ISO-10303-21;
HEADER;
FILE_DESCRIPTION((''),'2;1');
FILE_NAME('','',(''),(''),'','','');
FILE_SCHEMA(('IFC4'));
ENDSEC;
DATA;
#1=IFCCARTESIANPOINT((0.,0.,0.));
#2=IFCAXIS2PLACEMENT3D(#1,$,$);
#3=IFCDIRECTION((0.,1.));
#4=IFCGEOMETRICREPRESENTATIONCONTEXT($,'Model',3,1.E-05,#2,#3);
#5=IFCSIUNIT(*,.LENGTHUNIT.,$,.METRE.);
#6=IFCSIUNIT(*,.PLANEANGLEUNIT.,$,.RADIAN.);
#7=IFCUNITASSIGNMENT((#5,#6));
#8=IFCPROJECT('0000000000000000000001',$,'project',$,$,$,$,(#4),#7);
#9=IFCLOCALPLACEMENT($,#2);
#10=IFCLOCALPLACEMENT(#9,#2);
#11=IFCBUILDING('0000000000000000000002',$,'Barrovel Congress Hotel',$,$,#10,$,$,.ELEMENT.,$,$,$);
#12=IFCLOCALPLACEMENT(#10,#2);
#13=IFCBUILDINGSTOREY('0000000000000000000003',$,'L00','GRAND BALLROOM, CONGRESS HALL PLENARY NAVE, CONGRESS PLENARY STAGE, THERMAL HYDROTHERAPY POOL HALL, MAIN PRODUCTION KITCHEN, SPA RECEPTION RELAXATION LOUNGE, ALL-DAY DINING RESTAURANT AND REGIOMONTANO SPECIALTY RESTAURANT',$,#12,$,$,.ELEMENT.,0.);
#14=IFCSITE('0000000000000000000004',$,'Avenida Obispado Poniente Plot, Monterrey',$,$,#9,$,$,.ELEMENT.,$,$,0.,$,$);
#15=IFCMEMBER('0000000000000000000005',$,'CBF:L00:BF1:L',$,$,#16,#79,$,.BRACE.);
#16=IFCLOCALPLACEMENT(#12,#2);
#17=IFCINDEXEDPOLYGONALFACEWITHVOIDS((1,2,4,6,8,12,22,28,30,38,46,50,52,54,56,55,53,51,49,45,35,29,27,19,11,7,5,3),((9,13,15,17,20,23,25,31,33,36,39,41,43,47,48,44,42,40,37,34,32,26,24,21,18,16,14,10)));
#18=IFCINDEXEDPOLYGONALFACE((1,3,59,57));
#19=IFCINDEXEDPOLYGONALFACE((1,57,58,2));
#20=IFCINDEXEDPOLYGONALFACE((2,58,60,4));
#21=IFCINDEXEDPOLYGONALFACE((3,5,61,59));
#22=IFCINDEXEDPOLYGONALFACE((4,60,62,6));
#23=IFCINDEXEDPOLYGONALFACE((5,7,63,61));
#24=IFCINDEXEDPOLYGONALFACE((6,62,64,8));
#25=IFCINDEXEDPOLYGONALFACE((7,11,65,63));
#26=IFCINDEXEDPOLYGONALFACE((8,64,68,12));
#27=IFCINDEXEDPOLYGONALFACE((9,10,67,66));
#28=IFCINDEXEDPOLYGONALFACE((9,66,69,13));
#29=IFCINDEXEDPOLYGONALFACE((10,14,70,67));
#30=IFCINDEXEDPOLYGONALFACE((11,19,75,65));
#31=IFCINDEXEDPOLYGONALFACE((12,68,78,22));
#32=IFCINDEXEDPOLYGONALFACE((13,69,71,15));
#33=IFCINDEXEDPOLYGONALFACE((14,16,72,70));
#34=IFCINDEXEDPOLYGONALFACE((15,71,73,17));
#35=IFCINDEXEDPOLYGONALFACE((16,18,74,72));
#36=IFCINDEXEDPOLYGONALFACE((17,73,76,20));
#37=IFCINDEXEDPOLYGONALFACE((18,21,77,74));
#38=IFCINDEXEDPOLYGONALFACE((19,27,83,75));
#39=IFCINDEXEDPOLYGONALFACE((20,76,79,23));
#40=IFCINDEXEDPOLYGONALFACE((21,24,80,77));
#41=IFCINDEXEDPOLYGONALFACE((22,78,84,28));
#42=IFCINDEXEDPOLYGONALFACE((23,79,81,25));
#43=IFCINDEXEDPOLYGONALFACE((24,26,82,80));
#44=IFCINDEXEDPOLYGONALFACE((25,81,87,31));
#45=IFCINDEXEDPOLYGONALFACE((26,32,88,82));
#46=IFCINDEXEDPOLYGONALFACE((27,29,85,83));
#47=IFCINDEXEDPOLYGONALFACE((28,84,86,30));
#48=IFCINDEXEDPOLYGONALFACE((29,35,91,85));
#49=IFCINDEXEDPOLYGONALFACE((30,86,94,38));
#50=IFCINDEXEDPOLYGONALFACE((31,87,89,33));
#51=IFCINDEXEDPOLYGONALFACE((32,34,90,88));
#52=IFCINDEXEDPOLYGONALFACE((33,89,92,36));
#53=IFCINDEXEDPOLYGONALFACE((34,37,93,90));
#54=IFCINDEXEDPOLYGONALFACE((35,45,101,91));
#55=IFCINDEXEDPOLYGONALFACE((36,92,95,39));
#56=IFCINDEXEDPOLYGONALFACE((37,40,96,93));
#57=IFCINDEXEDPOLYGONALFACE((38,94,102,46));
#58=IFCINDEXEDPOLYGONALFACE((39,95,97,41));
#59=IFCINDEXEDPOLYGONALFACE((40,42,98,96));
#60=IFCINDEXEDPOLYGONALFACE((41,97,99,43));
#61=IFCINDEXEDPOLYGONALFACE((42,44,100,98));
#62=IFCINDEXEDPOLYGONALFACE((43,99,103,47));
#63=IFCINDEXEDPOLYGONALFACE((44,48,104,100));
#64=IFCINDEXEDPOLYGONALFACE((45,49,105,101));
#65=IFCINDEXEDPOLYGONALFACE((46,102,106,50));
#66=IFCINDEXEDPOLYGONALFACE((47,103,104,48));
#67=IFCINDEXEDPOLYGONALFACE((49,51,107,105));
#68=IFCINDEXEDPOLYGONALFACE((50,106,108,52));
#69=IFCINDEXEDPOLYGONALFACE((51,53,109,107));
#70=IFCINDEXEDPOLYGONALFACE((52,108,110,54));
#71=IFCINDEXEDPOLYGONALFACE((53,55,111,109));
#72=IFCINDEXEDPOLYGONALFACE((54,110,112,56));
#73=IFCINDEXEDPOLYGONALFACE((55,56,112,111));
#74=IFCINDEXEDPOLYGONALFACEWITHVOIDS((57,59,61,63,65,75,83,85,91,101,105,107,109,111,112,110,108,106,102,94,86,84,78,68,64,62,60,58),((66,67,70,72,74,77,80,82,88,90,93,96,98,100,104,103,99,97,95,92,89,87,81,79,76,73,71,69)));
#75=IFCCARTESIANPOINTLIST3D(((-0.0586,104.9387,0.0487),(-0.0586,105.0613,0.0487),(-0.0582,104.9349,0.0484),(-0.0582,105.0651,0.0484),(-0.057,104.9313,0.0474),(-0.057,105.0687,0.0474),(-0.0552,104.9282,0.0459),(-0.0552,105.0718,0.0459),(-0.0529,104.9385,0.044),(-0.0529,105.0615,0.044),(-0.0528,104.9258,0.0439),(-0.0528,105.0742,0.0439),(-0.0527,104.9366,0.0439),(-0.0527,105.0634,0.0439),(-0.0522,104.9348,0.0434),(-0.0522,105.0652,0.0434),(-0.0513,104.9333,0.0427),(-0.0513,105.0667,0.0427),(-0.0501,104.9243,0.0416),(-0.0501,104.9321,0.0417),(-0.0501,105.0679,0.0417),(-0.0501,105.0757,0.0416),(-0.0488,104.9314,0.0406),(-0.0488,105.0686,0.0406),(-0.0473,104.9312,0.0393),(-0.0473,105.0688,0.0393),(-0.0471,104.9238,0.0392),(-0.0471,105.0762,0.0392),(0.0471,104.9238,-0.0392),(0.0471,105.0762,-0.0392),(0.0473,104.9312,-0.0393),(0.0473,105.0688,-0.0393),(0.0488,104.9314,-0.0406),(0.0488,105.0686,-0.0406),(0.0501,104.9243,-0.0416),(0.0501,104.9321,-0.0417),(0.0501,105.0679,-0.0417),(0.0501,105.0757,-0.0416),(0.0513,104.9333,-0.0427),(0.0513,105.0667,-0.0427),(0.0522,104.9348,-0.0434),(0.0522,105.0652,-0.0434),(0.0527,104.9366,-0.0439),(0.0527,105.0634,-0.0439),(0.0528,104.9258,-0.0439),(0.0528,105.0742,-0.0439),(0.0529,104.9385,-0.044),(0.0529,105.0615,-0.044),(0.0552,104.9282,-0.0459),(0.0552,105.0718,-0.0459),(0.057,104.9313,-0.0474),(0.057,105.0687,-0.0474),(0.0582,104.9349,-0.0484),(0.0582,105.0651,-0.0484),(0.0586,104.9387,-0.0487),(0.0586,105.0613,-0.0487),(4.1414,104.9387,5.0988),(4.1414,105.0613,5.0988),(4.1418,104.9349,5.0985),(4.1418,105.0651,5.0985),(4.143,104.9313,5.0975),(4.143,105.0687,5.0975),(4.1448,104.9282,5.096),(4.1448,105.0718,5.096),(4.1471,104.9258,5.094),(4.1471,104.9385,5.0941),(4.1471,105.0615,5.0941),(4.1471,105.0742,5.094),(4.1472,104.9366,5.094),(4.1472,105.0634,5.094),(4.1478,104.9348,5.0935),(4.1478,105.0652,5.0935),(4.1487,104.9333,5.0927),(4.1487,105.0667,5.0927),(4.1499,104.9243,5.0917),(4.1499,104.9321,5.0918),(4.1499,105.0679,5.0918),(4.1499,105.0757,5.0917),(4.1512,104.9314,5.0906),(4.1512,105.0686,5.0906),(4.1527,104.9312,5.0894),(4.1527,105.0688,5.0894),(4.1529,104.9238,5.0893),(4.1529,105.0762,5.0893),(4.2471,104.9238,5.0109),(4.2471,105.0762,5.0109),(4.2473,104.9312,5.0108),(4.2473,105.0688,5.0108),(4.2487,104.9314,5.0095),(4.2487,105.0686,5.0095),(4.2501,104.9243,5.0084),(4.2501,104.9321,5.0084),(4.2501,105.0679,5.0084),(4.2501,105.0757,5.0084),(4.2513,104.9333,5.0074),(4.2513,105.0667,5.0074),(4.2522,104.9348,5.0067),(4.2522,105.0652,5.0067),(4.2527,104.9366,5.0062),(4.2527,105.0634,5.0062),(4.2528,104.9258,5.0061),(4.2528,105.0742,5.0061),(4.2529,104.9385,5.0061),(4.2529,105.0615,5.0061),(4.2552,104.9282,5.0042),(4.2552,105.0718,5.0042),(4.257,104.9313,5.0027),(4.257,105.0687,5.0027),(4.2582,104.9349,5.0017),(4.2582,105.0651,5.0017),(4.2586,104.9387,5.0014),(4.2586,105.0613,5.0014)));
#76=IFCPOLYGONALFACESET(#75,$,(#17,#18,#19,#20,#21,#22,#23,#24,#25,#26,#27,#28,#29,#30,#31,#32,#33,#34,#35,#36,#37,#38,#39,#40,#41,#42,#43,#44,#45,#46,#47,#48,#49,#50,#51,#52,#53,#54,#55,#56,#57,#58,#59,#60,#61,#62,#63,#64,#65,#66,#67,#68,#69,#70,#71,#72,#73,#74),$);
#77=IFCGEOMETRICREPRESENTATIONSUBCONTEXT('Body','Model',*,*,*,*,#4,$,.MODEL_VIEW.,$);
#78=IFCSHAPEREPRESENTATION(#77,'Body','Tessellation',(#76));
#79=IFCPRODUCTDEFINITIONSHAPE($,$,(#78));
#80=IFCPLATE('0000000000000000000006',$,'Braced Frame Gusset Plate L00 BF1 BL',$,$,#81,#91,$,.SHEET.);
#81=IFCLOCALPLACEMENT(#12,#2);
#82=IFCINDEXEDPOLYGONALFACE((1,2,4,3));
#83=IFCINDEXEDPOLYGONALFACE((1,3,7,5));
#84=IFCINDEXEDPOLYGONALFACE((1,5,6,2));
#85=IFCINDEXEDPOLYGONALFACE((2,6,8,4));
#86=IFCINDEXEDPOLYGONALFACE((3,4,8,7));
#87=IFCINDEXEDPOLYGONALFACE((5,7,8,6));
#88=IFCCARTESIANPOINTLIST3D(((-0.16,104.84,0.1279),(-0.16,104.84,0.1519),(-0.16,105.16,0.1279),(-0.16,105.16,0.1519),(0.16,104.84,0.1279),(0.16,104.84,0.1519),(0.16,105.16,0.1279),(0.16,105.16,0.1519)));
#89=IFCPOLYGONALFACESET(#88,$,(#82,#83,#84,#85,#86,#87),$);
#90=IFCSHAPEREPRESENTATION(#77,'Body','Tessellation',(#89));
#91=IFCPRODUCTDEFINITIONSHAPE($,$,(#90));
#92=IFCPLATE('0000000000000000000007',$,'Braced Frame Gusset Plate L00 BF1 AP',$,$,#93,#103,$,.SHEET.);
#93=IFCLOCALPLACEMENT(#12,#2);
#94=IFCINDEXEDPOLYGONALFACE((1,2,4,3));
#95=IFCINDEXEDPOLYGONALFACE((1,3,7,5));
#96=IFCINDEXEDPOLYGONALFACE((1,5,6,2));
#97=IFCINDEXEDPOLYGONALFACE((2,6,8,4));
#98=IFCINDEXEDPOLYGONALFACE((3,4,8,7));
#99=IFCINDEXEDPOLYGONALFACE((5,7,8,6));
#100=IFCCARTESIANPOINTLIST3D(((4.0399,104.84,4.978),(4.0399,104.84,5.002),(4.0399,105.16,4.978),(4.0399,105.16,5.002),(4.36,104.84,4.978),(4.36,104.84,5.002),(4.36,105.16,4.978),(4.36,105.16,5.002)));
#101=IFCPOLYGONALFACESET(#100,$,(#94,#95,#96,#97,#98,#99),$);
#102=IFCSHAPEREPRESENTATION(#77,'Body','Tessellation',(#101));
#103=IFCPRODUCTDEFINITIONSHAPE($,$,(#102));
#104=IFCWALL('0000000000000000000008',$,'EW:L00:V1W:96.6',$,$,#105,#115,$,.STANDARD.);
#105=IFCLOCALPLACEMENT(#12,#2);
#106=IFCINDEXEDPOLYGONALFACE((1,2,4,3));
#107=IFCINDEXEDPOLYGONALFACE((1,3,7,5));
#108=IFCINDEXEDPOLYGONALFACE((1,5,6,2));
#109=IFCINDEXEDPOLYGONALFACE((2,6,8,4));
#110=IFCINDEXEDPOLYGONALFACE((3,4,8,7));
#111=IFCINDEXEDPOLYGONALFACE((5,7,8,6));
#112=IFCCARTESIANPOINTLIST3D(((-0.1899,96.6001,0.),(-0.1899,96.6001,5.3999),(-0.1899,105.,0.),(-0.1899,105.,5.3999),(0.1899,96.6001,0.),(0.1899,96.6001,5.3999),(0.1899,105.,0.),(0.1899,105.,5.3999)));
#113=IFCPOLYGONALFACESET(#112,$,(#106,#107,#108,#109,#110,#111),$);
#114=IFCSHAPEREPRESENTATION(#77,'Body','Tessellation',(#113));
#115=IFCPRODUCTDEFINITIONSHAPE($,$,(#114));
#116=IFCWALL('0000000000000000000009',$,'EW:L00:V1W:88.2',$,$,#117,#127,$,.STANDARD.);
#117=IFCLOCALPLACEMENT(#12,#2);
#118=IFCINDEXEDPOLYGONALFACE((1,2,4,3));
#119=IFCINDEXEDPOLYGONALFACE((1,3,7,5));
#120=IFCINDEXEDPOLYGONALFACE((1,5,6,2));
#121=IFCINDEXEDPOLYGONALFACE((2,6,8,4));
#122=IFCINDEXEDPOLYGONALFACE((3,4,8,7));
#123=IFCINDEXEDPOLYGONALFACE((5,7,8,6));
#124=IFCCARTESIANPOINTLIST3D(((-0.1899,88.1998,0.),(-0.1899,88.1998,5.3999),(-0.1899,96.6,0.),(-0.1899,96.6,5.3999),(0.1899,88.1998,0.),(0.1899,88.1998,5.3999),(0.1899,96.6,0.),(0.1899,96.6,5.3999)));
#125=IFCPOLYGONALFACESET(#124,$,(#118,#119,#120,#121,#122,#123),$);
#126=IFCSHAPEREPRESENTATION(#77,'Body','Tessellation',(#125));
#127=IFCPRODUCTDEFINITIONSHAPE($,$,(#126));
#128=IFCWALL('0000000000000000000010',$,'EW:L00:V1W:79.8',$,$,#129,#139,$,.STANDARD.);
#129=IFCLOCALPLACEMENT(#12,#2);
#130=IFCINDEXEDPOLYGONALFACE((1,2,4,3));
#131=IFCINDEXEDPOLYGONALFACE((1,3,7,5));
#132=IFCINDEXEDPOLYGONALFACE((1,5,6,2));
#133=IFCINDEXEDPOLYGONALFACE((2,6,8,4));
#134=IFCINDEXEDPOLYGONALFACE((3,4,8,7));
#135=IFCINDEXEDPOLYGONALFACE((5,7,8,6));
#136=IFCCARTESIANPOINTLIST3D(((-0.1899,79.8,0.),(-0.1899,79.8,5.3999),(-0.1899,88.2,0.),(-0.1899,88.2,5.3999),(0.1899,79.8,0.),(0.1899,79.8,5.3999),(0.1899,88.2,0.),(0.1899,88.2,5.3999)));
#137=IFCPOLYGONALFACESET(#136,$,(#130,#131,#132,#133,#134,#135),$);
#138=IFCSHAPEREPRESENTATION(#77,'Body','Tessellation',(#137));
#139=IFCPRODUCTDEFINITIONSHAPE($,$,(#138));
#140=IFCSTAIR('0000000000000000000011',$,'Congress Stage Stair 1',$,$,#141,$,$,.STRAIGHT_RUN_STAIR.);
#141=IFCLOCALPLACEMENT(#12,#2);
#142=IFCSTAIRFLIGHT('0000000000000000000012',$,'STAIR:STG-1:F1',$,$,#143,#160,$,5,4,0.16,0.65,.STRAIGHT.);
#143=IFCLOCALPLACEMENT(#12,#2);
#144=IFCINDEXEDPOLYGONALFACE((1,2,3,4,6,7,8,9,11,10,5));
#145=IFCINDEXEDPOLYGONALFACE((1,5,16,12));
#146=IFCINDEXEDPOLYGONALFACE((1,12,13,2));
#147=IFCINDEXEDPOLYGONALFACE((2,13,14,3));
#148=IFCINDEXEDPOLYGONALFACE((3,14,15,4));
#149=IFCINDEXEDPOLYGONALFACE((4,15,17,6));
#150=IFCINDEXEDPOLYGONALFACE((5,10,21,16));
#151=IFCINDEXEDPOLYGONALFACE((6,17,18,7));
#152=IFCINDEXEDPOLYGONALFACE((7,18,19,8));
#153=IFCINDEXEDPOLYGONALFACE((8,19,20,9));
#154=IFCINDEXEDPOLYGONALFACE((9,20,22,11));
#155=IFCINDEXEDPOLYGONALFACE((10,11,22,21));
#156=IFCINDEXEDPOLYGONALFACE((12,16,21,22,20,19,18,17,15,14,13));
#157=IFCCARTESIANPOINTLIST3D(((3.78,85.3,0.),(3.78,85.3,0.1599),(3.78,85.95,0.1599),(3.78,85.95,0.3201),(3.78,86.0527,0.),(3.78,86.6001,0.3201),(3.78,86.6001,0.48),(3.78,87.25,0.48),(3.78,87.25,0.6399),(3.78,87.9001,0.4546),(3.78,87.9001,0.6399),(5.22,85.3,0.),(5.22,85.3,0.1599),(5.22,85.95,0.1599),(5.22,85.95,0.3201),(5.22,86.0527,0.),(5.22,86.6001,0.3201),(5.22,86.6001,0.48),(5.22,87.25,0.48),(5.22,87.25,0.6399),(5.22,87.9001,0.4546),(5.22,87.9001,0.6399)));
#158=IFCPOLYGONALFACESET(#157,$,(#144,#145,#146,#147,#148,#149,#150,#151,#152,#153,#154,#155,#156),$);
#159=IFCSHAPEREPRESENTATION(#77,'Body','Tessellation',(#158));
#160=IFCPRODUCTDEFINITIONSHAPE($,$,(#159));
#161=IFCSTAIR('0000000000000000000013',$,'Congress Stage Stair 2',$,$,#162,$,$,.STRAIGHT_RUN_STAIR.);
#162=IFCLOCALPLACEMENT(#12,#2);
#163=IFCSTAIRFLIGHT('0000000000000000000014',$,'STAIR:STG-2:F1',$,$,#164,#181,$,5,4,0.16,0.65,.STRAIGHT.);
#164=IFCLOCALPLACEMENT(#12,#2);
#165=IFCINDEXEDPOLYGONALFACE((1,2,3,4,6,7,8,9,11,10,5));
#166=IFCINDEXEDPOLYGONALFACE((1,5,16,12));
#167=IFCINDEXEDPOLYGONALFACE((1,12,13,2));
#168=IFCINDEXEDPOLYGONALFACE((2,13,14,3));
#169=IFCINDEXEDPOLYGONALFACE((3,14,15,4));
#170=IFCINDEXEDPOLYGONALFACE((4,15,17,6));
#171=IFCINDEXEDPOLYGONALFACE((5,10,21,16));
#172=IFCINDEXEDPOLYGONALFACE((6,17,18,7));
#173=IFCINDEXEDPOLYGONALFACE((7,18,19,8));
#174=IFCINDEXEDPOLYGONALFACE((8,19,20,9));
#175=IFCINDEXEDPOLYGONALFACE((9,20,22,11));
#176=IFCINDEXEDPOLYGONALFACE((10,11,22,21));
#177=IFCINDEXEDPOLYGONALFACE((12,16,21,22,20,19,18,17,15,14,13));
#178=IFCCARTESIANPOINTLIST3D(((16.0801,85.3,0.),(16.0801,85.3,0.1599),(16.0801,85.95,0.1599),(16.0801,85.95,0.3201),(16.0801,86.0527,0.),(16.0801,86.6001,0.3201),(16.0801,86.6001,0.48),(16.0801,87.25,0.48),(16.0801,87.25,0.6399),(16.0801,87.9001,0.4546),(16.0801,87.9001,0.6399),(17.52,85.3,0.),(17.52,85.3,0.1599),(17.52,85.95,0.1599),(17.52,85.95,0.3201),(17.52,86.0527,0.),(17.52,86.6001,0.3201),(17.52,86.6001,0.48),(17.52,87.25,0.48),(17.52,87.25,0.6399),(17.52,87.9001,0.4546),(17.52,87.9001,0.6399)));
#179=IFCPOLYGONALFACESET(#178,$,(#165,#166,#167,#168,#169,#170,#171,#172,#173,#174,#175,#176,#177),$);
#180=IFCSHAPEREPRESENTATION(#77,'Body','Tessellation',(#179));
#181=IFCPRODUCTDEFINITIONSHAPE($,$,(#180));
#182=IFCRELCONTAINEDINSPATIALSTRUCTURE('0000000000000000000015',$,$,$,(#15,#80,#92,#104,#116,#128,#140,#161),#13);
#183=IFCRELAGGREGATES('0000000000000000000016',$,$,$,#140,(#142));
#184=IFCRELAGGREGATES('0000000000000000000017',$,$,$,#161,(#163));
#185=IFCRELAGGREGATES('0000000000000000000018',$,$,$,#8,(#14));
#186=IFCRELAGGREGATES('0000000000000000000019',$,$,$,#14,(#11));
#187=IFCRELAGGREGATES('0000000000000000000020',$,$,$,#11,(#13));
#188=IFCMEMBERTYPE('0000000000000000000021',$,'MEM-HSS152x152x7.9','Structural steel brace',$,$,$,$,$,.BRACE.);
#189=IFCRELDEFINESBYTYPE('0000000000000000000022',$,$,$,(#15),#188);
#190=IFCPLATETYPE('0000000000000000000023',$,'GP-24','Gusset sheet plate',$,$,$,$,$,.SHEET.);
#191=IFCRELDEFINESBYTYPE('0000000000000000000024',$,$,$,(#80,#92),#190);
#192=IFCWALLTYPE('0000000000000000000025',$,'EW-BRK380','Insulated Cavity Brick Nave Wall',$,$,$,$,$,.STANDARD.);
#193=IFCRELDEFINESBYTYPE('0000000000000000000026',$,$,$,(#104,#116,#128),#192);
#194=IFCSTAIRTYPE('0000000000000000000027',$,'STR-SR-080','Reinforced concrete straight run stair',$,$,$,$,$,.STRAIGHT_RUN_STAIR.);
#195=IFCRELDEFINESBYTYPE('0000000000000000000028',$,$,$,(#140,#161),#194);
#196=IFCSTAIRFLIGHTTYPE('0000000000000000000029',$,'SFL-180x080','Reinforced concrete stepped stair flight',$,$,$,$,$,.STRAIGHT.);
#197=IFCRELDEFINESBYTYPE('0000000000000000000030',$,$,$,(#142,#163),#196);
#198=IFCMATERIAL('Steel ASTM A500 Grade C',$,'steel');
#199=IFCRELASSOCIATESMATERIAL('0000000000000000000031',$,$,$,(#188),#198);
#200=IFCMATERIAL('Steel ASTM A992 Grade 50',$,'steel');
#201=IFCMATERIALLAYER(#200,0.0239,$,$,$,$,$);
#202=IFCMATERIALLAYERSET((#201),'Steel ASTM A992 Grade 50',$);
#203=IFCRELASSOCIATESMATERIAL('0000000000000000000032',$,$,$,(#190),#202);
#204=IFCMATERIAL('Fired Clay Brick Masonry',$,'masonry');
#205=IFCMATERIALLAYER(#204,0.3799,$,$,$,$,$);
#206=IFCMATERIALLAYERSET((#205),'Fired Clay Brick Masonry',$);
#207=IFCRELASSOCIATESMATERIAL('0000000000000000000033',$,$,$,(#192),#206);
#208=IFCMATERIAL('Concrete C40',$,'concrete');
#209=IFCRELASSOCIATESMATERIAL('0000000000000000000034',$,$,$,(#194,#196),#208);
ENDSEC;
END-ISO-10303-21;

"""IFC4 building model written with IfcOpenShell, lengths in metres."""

from ifc_helpers import new_model, si_unit, direction, frame, frame_2d, origin, origin_2d, place, context, subcontext, project, spatial, polyline, rectangle, hollow_rectangle, outline, extrude, material, layer, layer_set, material_profile, profile_set, type_object, element, aggregate, save


model = new_model("IFC4")

# Units and contexts
model_context = context("Model", 3, precision=1e-05, world=origin(), true_north=direction((0.0, 1.0)))
body_context = subcontext(model_context, "Body", "Model", "MODEL_VIEW")
ifc_project = project(units=[si_unit("LENGTHUNIT", "METRE"), si_unit("PLANEANGLEUNIT", "RADIAN")], contexts=[model_context])

# Site, building, storey
site_placement = place(None, origin())
site = spatial("IfcSite", under=ifc_project, at=site_placement, Name="Avenida Obispado Poniente Plot, Monterrey", CompositionType="ELEMENT", RefElevation=0.0)
building_placement = place(site_placement, origin())
building = spatial("IfcBuilding", under=site, at=building_placement, Name="Barrovel Congress Hotel", CompositionType="ELEMENT")
storey_placement = place(building_placement, origin())
storey = spatial("IfcBuildingStorey", under=building, at=storey_placement, Name="L00", Description="GRAND BALLROOM, CONGRESS HALL PLENARY NAVE, CONGRESS PLENARY STAGE, THERMAL HYDROTHERAPY POOL HALL, MAIN PRODUCTION KITCHEN, SPA RECEPTION RELAXATION LOUNGE, ALL-DAY DINING RESTAURANT AND REGIOMONTANO SPECIALTY RESTAURANT", CompositionType="ELEMENT", Elevation=0.0)

# Shared definitions
ifc_material_1 = material(Name="Concrete C40", Category="concrete")

# Member
ifc_material_2 = material(Name="Steel ASTM A500 Grade C", Category="steel")
ifc_material_profile_1 = material_profile(ifc_material_2, hollow_rectangle(XDim=0.1523, YDim=0.1523, WallThickness=0.0073, InnerFilletRadius=0.0073, OuterFilletRadius=0.0149, at=origin_2d()), Name="HSS152x152x7.9")
ifc_profile_set_1 = profile_set([ifc_material_profile_1], Name="Steel ASTM A500 Grade C")
member_type = type_object("IfcMemberType", Name="MEM-HSS152x152x7.9", Description="Structural steel brace", PredefinedType="BRACE", material=ifc_profile_set_1)
member_placement = place(storey_placement, frame((0.0, 105.0, 0.0), z_axis=(0.639427, 0.0, 0.768852), x_axis=(0.0, 1.0, 0.0)))
element("IfcMember", 1, at=member_placement, inside=storey, type_object=member_type, Name="CBF:L00:BF1:L", PredefinedType="BRACE", context=body_context, shape_type="SweptSolid", body=[
    extrude(hollow_rectangle(XDim=0.1523, YDim=0.1523, WallThickness=0.0073, InnerFilletRadius=0.0073, OuterFilletRadius=0.0149, at=origin_2d()), origin(), (0.0, 0.0, 1.0), 6.5684),
])

# Plates
ifc_material_3 = material(Name="Steel ASTM A992 Grade 50", Category="steel")
ifc_layer_1 = layer(ifc_material_3, 0.0239)
ifc_layer_set_1 = layer_set([ifc_layer_1], Name="Steel ASTM A992 Grade 50")
plate_type = type_object("IfcPlateType", Name="GP-24", Description="Gusset sheet plate", PredefinedType="SHEET", material=ifc_layer_set_1)
for number, where, z_axis, x_axis, name in (
    (2, (0.0, 105.0, 0.1279), (0.0, 0.0, 1.0), (1.0, 0.0, 0.0), "Braced Frame Gusset Plate L00 BF1 BL"),
    (3, (4.2, 105.0, 4.978), (0.0, 0.0, 1.0), (1.0, 0.0, 0.0), "Braced Frame Gusset Plate L00 BF1 AP"),
):
    element("IfcPlate", number, at=place(storey_placement, frame(where, z_axis=z_axis, x_axis=x_axis)), inside=storey, type_object=plate_type, Name=name, PredefinedType="SHEET", context=body_context, shape_type="SweptSolid", body=[
        extrude(rectangle(XDim=0.3201, YDim=0.3201, at=origin_2d()), origin(), (0.0, 0.0, 1.0), 0.0239),
    ])

# Walls
ifc_material_4 = material(Name="Fired Clay Brick Masonry", Category="masonry")
ifc_layer_2 = layer(ifc_material_4, 0.3799)
ifc_layer_set_2 = layer_set([ifc_layer_2], Name="Fired Clay Brick Masonry")
wall_type = type_object("IfcWallType", Name="EW-BRK380", Description="Insulated Cavity Brick Nave Wall", PredefinedType="STANDARD", material=ifc_layer_set_2)
wall_1_placement = place(storey_placement, frame((0.0, 105.0, 0.0), z_axis=(0.0, 0.0, 1.0), x_axis=(0.0, -1.0, 0.0)))
element("IfcWall", 4, at=wall_1_placement, inside=storey, type_object=wall_type, Name="EW:L00:V1W:96.6", PredefinedType="STANDARD", context=body_context, shape_type="SweptSolid", body=[
    extrude(rectangle(XDim=8.3999, YDim=0.3799, at=frame_2d((4.2, 0.0))), origin(), (0.0, 0.0, 1.0), 5.3999),
])
wall_2_placement = place(storey_placement, frame((0.0, 96.6001, 0.0), z_axis=(0.0, 0.0, 1.0), x_axis=(0.0, -1.0, 0.0)))
element("IfcWall", 5, at=wall_2_placement, inside=storey, type_object=wall_type, Name="EW:L00:V1W:88.2", PredefinedType="STANDARD", context=body_context, shape_type="SweptSolid", body=[
    extrude(rectangle(XDim=8.4001, YDim=0.3799, at=frame_2d((4.2002, 0.0))), origin(), (0.0, 0.0, 1.0), 5.3999),
])
wall_3_placement = place(storey_placement, frame((0.0, 88.2, 0.0), z_axis=(0.0, 0.0, 1.0), x_axis=(0.0, -1.0, 0.0)))
element("IfcWall", 6, at=wall_3_placement, inside=storey, type_object=wall_type, Name="EW:L00:V1W:79.8", PredefinedType="STANDARD", context=body_context, shape_type="SweptSolid", body=[
    extrude(rectangle(XDim=8.3999, YDim=0.3799, at=frame_2d((4.2, 0.0))), origin(), (0.0, 0.0, 1.0), 5.3999),
])

# Stairs, stair flights
stair_type = type_object("IfcStairType", Name="STR-SR-080", Description="Reinforced concrete straight run stair", PredefinedType="STRAIGHT_RUN_STAIR", material=ifc_material_1)
stair_1_placement = place(storey_placement, origin())
stair_1 = element("IfcStair", 7, at=stair_1_placement, inside=storey, type_object=stair_type, Name="Congress Stage Stair 1", PredefinedType="STRAIGHT_RUN_STAIR")
stair_flight_type = type_object("IfcStairFlightType", Name="SFL-180x080", Description="Reinforced concrete stepped stair flight", PredefinedType="STRAIGHT", material=ifc_material_1)
stair_flight_1_placement = place(storey_placement, frame((4.5, 85.3, 0.0), z_axis=(0.0, 0.0, 1.0), x_axis=(0.0, 1.0, 0.0)))
stair_flight_1 = element("IfcStairFlight", 8, at=stair_flight_1_placement, type_object=stair_flight_type, Name="STAIR:STG-1:F1", NumberOfRisers=5, NumberOfTreads=4, PredefinedType="STRAIGHT", RiserHeight=0.16, TreadLength=0.65, context=body_context, shape_type="SweptSolid", body=[
    extrude(outline(polyline([(0.0, 0.0), (0.0, 0.1599), (0.6499, 0.1599), (0.6499, 0.3201), (1.3, 0.3201), (1.3, 0.48), (1.95, 0.48), (1.95, 0.6399), (2.6001, 0.6399), (2.6001, 0.8), (2.6001, 0.4546), (0.7527, 0.0), (0.0, 0.0)])), frame((0.0, 0.72, 0.0), z_axis=(0.0, -1.0, 0.0), x_axis=(1.0, 0.0, 0.0)), (0.0, 0.0, 1.0), 1.4399),
])
aggregate(stair_1, [stair_flight_1])
stair_2_placement = place(storey_placement, origin())
stair_2 = element("IfcStair", 9, at=stair_2_placement, inside=storey, type_object=stair_type, Name="Congress Stage Stair 2", PredefinedType="STRAIGHT_RUN_STAIR")
stair_flight_2_placement = place(storey_placement, frame((16.8, 85.3, 0.0), z_axis=(0.0, 0.0, 1.0), x_axis=(0.0, 1.0, 0.0)))
stair_flight_2 = element("IfcStairFlight", 10, at=stair_flight_2_placement, type_object=stair_flight_type, Name="STAIR:STG-2:F1", NumberOfRisers=5, NumberOfTreads=4, PredefinedType="STRAIGHT", RiserHeight=0.16, TreadLength=0.65, context=body_context, shape_type="SweptSolid", body=[
    extrude(outline(polyline([(0.0, 0.0), (0.0, 0.1599), (0.6499, 0.1599), (0.6499, 0.3201), (1.3, 0.3201), (1.3, 0.48), (1.95, 0.48), (1.95, 0.6399), (2.6001, 0.6399), (2.6001, 0.8), (2.6001, 0.4546), (0.7527, 0.0), (0.0, 0.0)])), frame((0.0, 0.72, 0.0), z_axis=(0.0, -1.0, 0.0), x_axis=(1.0, 0.0, 0.0)), (0.0, 0.0, 1.0), 1.4399),
])
aggregate(stair_2, [stair_flight_2])

save(model, "model.ifc")
